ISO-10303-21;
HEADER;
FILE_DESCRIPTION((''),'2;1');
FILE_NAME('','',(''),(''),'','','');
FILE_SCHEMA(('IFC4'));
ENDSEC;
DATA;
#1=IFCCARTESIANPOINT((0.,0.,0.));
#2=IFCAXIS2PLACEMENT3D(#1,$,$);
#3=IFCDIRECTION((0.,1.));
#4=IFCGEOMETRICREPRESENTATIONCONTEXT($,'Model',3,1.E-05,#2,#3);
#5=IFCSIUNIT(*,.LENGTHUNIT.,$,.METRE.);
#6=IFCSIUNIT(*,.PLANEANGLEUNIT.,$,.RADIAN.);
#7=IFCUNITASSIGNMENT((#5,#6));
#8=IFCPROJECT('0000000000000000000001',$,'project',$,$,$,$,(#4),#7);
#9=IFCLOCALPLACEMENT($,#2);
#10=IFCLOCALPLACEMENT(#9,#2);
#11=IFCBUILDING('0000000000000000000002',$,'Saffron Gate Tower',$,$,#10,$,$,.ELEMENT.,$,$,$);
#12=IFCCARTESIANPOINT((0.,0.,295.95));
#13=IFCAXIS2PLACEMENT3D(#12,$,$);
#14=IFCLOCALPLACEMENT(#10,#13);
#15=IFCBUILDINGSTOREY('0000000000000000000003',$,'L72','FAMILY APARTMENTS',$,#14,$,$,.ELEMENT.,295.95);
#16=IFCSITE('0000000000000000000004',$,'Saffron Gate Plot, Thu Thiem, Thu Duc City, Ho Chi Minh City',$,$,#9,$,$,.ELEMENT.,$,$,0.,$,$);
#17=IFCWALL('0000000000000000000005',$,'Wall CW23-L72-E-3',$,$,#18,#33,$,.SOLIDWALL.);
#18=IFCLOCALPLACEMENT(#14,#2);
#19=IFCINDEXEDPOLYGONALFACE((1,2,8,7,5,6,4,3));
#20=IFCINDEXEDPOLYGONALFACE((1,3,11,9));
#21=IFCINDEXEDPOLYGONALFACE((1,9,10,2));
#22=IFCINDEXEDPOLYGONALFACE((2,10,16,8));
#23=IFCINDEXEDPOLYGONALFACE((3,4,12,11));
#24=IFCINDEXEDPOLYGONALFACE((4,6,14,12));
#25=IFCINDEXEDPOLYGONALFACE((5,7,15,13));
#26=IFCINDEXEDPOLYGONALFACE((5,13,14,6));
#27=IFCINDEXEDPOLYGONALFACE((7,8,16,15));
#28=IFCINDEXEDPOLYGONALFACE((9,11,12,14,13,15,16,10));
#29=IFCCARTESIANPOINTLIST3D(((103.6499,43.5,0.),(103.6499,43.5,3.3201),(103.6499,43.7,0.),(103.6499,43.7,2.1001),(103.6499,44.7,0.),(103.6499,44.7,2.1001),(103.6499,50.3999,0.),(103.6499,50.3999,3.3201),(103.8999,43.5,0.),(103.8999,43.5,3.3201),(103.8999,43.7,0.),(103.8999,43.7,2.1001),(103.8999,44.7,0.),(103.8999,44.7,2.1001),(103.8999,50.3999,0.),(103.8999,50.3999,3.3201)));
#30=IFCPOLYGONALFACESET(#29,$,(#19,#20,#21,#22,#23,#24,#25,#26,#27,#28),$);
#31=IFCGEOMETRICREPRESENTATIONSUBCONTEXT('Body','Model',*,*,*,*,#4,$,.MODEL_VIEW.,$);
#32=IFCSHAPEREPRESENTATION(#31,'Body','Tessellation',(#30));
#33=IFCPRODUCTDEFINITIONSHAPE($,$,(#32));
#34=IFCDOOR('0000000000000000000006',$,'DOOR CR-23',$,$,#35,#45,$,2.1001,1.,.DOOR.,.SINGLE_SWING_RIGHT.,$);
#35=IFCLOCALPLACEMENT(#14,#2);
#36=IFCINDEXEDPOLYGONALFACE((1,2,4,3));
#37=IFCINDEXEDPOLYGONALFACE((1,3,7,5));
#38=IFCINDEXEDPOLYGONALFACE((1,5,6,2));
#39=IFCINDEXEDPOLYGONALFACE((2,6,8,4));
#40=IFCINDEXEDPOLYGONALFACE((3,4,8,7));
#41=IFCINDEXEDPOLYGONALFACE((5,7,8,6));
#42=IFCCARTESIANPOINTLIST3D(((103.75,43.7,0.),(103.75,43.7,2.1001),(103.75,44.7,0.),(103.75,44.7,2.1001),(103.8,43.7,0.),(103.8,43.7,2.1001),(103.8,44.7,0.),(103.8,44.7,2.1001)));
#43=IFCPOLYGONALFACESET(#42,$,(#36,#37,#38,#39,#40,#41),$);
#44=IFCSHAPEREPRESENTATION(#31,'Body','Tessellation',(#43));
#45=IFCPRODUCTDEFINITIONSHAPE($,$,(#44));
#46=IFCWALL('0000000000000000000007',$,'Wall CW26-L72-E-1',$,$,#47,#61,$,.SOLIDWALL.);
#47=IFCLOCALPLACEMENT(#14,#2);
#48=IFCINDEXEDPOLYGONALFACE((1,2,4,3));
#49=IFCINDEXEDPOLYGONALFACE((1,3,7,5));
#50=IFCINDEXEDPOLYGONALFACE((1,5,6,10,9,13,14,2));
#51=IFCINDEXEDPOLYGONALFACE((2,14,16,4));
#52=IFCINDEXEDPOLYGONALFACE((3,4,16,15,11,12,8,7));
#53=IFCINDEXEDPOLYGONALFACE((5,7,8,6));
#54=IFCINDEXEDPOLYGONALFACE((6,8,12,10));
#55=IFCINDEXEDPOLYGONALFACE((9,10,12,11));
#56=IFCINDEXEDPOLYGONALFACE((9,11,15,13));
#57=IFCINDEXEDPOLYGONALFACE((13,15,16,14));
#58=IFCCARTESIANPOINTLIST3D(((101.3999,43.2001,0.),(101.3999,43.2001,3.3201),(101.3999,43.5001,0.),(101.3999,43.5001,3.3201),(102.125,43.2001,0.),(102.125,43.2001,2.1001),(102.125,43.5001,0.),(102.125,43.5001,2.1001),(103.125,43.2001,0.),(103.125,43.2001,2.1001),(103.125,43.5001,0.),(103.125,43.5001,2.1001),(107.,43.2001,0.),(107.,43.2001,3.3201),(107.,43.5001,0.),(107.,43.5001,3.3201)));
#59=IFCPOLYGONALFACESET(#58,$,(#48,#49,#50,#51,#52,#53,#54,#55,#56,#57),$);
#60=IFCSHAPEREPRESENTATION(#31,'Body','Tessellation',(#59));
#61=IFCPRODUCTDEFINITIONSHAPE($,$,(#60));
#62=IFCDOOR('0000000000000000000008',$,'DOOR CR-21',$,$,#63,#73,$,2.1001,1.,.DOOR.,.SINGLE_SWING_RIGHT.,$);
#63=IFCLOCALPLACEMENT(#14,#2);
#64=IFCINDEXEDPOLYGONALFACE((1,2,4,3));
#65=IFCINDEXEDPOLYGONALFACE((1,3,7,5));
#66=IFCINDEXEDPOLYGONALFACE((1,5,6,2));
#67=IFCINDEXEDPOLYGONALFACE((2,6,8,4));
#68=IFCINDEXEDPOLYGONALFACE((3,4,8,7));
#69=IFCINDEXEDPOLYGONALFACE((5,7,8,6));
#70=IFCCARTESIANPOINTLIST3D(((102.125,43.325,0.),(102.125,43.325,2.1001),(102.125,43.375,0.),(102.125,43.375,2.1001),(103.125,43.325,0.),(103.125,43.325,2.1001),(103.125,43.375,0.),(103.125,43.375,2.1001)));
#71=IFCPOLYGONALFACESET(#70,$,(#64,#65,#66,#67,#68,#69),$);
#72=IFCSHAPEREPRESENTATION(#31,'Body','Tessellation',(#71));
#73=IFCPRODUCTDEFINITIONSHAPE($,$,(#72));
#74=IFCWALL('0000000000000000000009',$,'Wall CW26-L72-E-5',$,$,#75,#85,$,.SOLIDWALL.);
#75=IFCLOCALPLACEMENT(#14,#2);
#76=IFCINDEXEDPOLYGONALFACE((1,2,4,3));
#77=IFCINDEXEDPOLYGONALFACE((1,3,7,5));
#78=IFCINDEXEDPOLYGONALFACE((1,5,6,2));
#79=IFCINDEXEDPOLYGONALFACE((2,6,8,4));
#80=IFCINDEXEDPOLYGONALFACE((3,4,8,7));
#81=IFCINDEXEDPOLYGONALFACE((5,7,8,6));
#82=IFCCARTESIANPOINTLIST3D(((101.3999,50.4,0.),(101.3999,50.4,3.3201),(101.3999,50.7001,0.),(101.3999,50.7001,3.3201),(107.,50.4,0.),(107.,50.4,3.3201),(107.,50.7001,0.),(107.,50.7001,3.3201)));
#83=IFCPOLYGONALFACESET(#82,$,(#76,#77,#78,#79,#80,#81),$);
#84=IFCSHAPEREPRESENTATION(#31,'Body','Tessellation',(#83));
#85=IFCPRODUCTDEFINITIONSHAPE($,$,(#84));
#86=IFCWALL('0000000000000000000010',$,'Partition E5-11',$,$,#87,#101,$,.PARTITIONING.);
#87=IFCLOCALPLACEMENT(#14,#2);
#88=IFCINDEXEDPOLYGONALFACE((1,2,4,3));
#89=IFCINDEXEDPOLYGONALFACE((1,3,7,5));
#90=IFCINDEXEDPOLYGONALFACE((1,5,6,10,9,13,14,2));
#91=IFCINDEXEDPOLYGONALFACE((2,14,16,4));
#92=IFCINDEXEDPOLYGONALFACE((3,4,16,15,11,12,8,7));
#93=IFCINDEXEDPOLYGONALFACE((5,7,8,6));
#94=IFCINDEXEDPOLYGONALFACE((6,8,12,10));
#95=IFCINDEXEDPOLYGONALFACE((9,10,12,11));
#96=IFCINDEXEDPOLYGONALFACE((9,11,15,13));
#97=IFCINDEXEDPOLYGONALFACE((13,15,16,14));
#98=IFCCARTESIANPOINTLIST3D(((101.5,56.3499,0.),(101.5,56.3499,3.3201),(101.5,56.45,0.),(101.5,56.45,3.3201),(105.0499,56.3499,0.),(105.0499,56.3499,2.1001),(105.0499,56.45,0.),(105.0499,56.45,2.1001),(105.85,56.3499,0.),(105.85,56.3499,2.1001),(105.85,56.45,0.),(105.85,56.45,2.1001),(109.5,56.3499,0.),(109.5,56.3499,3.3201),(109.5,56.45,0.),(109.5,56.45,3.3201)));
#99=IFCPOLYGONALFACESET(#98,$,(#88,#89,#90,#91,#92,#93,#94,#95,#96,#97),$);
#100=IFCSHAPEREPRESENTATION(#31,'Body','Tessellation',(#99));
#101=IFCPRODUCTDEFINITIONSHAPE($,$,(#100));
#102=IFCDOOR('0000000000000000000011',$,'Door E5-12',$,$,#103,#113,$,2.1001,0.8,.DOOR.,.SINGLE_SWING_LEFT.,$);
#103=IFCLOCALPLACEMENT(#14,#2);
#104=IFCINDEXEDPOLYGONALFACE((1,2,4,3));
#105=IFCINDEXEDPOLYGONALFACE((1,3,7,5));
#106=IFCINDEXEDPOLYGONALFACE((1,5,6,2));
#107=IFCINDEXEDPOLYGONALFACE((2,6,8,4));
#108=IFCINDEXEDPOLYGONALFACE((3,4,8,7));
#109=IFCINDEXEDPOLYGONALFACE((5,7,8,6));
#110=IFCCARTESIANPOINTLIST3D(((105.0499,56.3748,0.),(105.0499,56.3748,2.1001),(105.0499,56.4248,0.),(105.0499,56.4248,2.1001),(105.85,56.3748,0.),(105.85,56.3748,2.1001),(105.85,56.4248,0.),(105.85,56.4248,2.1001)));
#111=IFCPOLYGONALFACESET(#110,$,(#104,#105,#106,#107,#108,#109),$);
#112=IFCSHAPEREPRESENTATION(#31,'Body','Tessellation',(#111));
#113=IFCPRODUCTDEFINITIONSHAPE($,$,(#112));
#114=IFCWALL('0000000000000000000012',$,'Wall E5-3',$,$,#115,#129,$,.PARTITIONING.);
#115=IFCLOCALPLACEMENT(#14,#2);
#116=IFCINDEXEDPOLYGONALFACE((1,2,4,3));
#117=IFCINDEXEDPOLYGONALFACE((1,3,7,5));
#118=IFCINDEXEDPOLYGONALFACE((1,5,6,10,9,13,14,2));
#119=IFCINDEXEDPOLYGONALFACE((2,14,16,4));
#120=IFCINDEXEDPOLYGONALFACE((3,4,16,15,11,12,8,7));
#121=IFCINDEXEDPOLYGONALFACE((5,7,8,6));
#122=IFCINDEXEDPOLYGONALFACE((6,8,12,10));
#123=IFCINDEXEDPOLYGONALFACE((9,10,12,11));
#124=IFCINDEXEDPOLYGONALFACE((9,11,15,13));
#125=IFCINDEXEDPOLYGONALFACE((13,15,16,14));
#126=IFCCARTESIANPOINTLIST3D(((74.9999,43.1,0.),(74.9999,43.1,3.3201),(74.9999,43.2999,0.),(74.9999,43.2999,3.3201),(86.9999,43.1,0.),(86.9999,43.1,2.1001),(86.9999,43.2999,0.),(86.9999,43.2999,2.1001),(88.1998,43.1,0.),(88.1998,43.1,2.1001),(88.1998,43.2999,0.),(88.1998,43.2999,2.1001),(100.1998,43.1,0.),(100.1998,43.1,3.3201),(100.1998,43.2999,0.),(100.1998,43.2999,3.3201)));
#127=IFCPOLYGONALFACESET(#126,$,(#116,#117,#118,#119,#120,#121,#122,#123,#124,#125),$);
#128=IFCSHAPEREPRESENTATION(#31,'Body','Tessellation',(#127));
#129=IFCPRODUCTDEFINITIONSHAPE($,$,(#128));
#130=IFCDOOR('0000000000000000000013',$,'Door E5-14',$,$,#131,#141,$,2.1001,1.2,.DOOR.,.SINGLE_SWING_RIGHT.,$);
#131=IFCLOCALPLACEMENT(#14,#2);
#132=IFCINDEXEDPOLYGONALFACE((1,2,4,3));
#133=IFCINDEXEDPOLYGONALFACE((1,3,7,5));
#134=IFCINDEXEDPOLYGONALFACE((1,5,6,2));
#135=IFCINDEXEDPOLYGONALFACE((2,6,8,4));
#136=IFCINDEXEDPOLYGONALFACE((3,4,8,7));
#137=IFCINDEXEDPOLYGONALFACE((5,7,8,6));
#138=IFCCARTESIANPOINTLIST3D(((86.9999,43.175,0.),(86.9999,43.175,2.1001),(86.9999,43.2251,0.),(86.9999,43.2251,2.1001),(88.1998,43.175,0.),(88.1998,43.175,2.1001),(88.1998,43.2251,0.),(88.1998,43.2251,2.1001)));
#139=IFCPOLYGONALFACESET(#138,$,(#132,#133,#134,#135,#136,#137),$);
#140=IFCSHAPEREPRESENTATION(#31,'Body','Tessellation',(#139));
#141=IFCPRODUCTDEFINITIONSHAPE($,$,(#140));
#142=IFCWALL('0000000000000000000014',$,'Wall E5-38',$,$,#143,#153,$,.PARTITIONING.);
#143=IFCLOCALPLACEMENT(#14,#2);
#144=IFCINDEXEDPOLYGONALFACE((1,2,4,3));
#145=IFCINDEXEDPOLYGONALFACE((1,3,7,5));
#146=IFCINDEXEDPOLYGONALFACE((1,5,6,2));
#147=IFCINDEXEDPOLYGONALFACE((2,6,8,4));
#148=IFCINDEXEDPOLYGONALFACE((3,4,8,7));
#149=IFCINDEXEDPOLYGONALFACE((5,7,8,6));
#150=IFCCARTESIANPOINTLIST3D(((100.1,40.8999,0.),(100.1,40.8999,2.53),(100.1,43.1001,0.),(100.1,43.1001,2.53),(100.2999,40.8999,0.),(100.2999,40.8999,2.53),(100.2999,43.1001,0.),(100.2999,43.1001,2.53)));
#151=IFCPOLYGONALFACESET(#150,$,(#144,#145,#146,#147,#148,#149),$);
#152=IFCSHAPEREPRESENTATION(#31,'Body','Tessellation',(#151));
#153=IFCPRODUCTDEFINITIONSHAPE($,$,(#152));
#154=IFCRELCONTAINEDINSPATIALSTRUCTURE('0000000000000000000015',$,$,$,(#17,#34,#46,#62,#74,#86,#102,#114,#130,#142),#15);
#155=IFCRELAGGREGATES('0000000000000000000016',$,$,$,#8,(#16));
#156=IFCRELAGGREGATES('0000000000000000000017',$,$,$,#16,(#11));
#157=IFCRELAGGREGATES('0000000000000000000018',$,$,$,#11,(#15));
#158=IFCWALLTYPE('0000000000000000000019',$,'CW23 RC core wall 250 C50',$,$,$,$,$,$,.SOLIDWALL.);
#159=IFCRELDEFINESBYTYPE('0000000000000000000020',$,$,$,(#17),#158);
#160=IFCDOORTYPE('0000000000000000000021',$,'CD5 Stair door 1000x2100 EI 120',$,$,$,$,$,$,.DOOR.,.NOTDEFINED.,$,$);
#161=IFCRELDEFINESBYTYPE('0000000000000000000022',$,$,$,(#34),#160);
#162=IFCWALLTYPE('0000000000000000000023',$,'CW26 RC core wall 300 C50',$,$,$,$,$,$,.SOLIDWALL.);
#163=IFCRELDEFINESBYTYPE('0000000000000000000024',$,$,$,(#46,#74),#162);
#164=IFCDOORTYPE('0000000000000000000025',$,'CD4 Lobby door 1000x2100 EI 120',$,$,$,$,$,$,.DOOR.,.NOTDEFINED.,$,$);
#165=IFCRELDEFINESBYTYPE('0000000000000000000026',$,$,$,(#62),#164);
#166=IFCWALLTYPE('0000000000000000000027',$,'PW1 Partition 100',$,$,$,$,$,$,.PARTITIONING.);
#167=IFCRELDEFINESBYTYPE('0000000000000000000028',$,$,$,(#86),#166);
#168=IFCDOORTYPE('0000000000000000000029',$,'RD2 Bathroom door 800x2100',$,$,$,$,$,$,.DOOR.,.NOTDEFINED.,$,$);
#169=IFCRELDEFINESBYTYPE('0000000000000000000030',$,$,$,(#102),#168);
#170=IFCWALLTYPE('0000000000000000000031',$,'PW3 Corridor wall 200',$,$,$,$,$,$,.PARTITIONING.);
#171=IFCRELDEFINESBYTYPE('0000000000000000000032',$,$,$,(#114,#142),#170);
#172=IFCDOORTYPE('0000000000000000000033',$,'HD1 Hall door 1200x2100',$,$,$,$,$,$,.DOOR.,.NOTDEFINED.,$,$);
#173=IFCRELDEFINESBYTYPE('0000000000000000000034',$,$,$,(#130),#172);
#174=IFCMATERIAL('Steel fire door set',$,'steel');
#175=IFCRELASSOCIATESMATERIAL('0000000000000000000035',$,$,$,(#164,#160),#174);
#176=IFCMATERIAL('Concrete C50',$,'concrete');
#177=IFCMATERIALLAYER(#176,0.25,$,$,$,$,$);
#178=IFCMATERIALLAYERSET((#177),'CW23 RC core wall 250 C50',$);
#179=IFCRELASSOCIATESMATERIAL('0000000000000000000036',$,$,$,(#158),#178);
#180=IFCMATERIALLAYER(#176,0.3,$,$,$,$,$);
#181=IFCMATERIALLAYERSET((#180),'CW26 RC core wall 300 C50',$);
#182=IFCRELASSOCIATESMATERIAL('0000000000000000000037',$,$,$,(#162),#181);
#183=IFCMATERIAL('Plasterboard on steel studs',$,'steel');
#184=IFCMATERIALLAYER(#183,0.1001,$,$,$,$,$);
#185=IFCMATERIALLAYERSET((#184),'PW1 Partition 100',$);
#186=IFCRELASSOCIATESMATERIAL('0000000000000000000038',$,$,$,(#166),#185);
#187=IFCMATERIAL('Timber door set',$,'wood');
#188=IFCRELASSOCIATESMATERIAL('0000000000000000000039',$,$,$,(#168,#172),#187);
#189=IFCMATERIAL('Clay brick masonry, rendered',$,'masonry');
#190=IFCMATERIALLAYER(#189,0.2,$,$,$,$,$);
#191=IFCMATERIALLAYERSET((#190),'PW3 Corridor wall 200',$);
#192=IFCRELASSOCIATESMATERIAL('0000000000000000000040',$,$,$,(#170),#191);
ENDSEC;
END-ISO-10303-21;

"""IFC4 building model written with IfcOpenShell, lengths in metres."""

from ifc_helpers import new_model, si_unit, direction, frame, frame_2d, origin, place, context, subcontext, project, spatial, rectangle, extrude, material, layer, layer_set, type_object, element, fill, save


model = new_model("IFC4")

# Units and contexts
model_context = context("Model", 3, precision=1e-05, world=origin(), true_north=direction((0.0, 1.0)))
body_context = subcontext(model_context, "Body", "Model", "MODEL_VIEW")
ifc_project = project(units=[si_unit("LENGTHUNIT", "METRE"), si_unit("PLANEANGLEUNIT", "RADIAN")], contexts=[model_context])

# Site, building, storey
site_placement = place(None, origin())
site = spatial("IfcSite", under=ifc_project, at=site_placement, Name="Saffron Gate Plot, Thu Thiem, Thu Duc City, Ho Chi Minh City", CompositionType="ELEMENT", RefElevation=0.0)
building_placement = place(site_placement, origin())
building = spatial("IfcBuilding", under=site, at=building_placement, Name="Saffron Gate Tower", CompositionType="ELEMENT")
storey_placement = place(building_placement, frame((0.0, 0.0, 295.95)))
storey = spatial("IfcBuildingStorey", under=building, at=storey_placement, Name="L72", Description="FAMILY APARTMENTS", CompositionType="ELEMENT", Elevation=295.95)

# Walls, openings, doors
ifc_material_1 = material(Name="Steel fire door set", Category="steel")
door_type_1 = type_object("IfcDoorType", Name="CD4 Lobby door 1000x2100 EI 120", OperationType="NOTDEFINED", PredefinedType="DOOR", material=ifc_material_1)
ifc_material_2 = material(Name="Concrete C50", Category="concrete")
ifc_layer_1 = layer(ifc_material_2, 0.25)
ifc_layer_set_1 = layer_set([ifc_layer_1], Name="CW23 RC core wall 250 C50")
wall_type_1 = type_object("IfcWallType", Name="CW23 RC core wall 250 C50", PredefinedType="SOLIDWALL", material=ifc_layer_set_1)
wall_1_placement = place(storey_placement, frame((103.7749, 43.5, 0.0), z_axis=(0.0, 0.0, 1.0), x_axis=(0.0, 1.0, 0.0)))
wall_1 = element("IfcWall", 1, at=wall_1_placement, inside=storey, type_object=wall_type_1, Name="Wall CW23-L72-E-3", PredefinedType="SOLIDWALL", context=body_context, shape_type="SweptSolid", body=[
    extrude(rectangle(XDim=6.8999, YDim=0.25, at=frame_2d((3.45, 0.0))), origin(), (0.0, 0.0, 1.0), 3.3201),
])
opening_1_placement = place(wall_1_placement, frame((0.2, 0.0, 0.0)))
opening_1 = element("IfcOpeningElement", 2, at=opening_1_placement, cuts=wall_1, PredefinedType="OPENING", context=body_context, shape_type="SweptSolid", body=[
    extrude(rectangle(XDim=1.0, YDim=2.1001, at=frame_2d((0.5, 1.05))), frame((0.0, 0.135, 0.0), z_axis=(0.0, -1.0, 0.0), x_axis=(1.0, 0.0, 0.0)), (0.0, 0.0, 1.0), 0.27),
])
door_type_2 = type_object("IfcDoorType", Name="CD5 Stair door 1000x2100 EI 120", OperationType="NOTDEFINED", PredefinedType="DOOR", material=ifc_material_1)
door_1_placement = place(opening_1_placement, origin())
door_1 = element("IfcDoor", 3, at=door_1_placement, inside=storey, type_object=door_type_2, Name="DOOR CR-23", OperationType="SINGLE_SWING_RIGHT", OverallHeight=2.1001, OverallWidth=1.0, PredefinedType="DOOR", context=body_context, shape_type="SweptSolid", body=[
    extrude(rectangle(XDim=1.0, YDim=2.1001, at=frame_2d((0.5, 1.05))), frame((0.0, 0.0249, 0.0), z_axis=(0.0, -1.0, 0.0), x_axis=(1.0, 0.0, 0.0)), (0.0, 0.0, 1.0), 0.05),
])
fill(opening_1, door_1)
ifc_layer_2 = layer(ifc_material_2, 0.3)
ifc_layer_set_2 = layer_set([ifc_layer_2], Name="CW26 RC core wall 300 C50")
wall_type_2 = type_object("IfcWallType", Name="CW26 RC core wall 300 C50", PredefinedType="SOLIDWALL", material=ifc_layer_set_2)
wall_2_placement = place(storey_placement, frame((101.3999, 43.3501, 0.0), z_axis=(0.0, 0.0, 1.0), x_axis=(1.0, 0.0, 0.0)))
wall_2 = element("IfcWall", 4, at=wall_2_placement, inside=storey, type_object=wall_type_2, Name="Wall CW26-L72-E-1", PredefinedType="SOLIDWALL", context=body_context, shape_type="SweptSolid", body=[
    extrude(rectangle(XDim=5.6001, YDim=0.3, at=frame_2d((2.8, 0.0))), origin(), (0.0, 0.0, 1.0), 3.3201),
])
opening_2_placement = place(wall_2_placement, frame((0.7251, 0.0, 0.0)))
opening_2 = element("IfcOpeningElement", 5, at=opening_2_placement, cuts=wall_2, PredefinedType="OPENING", context=body_context, shape_type="SweptSolid", body=[
    extrude(rectangle(XDim=1.0, YDim=2.1001, at=frame_2d((0.5, 1.05))), frame((0.0, 0.1602, 0.0), z_axis=(0.0, -1.0, 0.0), x_axis=(1.0, 0.0, 0.0)), (0.0, 0.0, 1.0), 0.3201),
])
door_2_placement = place(opening_2_placement, origin())
door_2 = element("IfcDoor", 6, at=door_2_placement, inside=storey, type_object=door_type_1, Name="DOOR CR-21", OperationType="SINGLE_SWING_RIGHT", OverallHeight=2.1001, OverallWidth=1.0, PredefinedType="DOOR", context=body_context, shape_type="SweptSolid", body=[
    extrude(rectangle(XDim=1.0, YDim=2.1001, at=frame_2d((0.5, 1.05))), frame((0.0, 0.0249, 0.0), z_axis=(0.0, -1.0, 0.0), x_axis=(1.0, 0.0, 0.0)), (0.0, 0.0, 1.0), 0.05),
])
fill(opening_2, door_2)

# Wall
wall_3_placement = place(storey_placement, frame((101.3999, 50.55, 0.0), z_axis=(0.0, 0.0, 1.0), x_axis=(1.0, 0.0, 0.0)))
element("IfcWall", 7, at=wall_3_placement, inside=storey, type_object=wall_type_2, Name="Wall CW26-L72-E-5", PredefinedType="SOLIDWALL", context=body_context, shape_type="SweptSolid", body=[
    extrude(rectangle(XDim=5.6001, YDim=0.3, at=frame_2d((2.8, 0.0))), origin(), (0.0, 0.0, 1.0), 3.3201),
])

# Walls, openings, doors
ifc_material_3 = material(Name="Plasterboard on steel studs", Category="steel")
ifc_layer_3 = layer(ifc_material_3, 0.1001)
ifc_layer_set_3 = layer_set([ifc_layer_3], Name="PW1 Partition 100")
wall_type_3 = type_object("IfcWallType", Name="PW1 Partition 100", PredefinedType="PARTITIONING", material=ifc_layer_set_3)
wall_4_placement = place(storey_placement, frame((101.5, 56.3999, 0.0), z_axis=(0.0, 0.0, 1.0), x_axis=(1.0, 0.0, 0.0)))
wall_4 = element("IfcWall", 8, at=wall_4_placement, inside=storey, type_object=wall_type_3, Name="Partition E5-11", PredefinedType="PARTITIONING", context=body_context, shape_type="SweptSolid", body=[
    extrude(rectangle(XDim=8.0, YDim=0.1001, at=frame_2d((4.0, 0.0))), origin(), (0.0, 0.0, 1.0), 3.3201),
])
opening_3_placement = place(wall_4_placement, frame((3.55, 0.0, 0.0)))
opening_3 = element("IfcOpeningElement", 9, at=opening_3_placement, cuts=wall_4, PredefinedType="OPENING", context=body_context, shape_type="SweptSolid", body=[
    extrude(rectangle(XDim=0.8, YDim=2.1001, at=frame_2d((0.3999, 1.05))), frame((0.0, 0.0601, 0.0), z_axis=(0.0, -1.0, 0.0), x_axis=(1.0, 0.0, 0.0)), (0.0, 0.0, 1.0), 0.1201),
])
ifc_material_4 = material(Name="Timber door set", Category="wood")
door_type_3 = type_object("IfcDoorType", Name="RD2 Bathroom door 800x2100", OperationType="NOTDEFINED", PredefinedType="DOOR", material=ifc_material_4)
door_3_placement = place(opening_3_placement, origin())
door_3 = element("IfcDoor", 10, at=door_3_placement, inside=storey, type_object=door_type_3, Name="Door E5-12", OperationType="SINGLE_SWING_LEFT", OverallHeight=2.1001, OverallWidth=0.8, PredefinedType="DOOR", context=body_context, shape_type="SweptSolid", body=[
    extrude(rectangle(XDim=0.8, YDim=2.1001, at=frame_2d((0.3999, 1.05))), frame((0.0, 0.0249, 0.0), z_axis=(0.0, -1.0, 0.0), x_axis=(1.0, 0.0, 0.0)), (0.0, 0.0, 1.0), 0.05),
])
fill(opening_3, door_3)
ifc_material_5 = material(Name="Clay brick masonry, rendered", Category="masonry")
ifc_layer_4 = layer(ifc_material_5, 0.2)
ifc_layer_set_4 = layer_set([ifc_layer_4], Name="PW3 Corridor wall 200")
wall_type_4 = type_object("IfcWallType", Name="PW3 Corridor wall 200", PredefinedType="PARTITIONING", material=ifc_layer_set_4)
wall_5_placement = place(storey_placement, frame((100.2, 43.2, 0.0), z_axis=(0.0, 0.0, 1.0), x_axis=(-1.0, 0.0, 0.0)))
wall_5 = element("IfcWall", 11, at=wall_5_placement, inside=storey, type_object=wall_type_4, Name="Wall E5-3", PredefinedType="PARTITIONING", context=body_context, shape_type="SweptSolid", body=[
    extrude(rectangle(XDim=25.2, YDim=0.2, at=frame_2d((12.6001, 0.0))), origin(), (0.0, 0.0, 1.0), 3.3201),
])
opening_4_placement = place(wall_5_placement, frame((12.0, 0.0, 0.0)))
opening_4 = element("IfcOpeningElement", 12, at=opening_4_placement, cuts=wall_5, PredefinedType="OPENING", context=body_context, shape_type="SweptSolid", body=[
    extrude(rectangle(XDim=1.2, YDim=2.1001, at=frame_2d((0.6001, 1.05))), frame((0.0, 0.1099, 0.0), z_axis=(0.0, -1.0, 0.0), x_axis=(1.0, 0.0, 0.0)), (0.0, 0.0, 1.0), 0.22),
])
door_type_4 = type_object("IfcDoorType", Name="HD1 Hall door 1200x2100", OperationType="NOTDEFINED", PredefinedType="DOOR", material=ifc_material_4)
door_4_placement = place(opening_4_placement, origin())
door_4 = element("IfcDoor", 13, at=door_4_placement, inside=storey, type_object=door_type_4, Name="Door E5-14", OperationType="SINGLE_SWING_RIGHT", OverallHeight=2.1001, OverallWidth=1.2, PredefinedType="DOOR", context=body_context, shape_type="SweptSolid", body=[
    extrude(rectangle(XDim=1.2, YDim=2.1001, at=frame_2d((0.6001, 1.05))), frame((0.0, 0.0249, 0.0), z_axis=(0.0, -1.0, 0.0), x_axis=(1.0, 0.0, 0.0)), (0.0, 0.0, 1.0), 0.05),
])
fill(opening_4, door_4)

# Wall
wall_6_placement = place(storey_placement, frame((100.2, 43.1001, 0.0), z_axis=(0.0, 0.0, 1.0), x_axis=(0.0, -1.0, 0.0)))
element("IfcWall", 14, at=wall_6_placement, inside=storey, type_object=wall_type_4, Name="Wall E5-38", PredefinedType="PARTITIONING", context=body_context, shape_type="SweptSolid", body=[
    extrude(rectangle(XDim=2.2002, YDim=0.2, at=frame_2d((1.1001, 0.0))), origin(), (0.0, 0.0, 1.0), 2.53),
])

save(model, "model.ifc")
